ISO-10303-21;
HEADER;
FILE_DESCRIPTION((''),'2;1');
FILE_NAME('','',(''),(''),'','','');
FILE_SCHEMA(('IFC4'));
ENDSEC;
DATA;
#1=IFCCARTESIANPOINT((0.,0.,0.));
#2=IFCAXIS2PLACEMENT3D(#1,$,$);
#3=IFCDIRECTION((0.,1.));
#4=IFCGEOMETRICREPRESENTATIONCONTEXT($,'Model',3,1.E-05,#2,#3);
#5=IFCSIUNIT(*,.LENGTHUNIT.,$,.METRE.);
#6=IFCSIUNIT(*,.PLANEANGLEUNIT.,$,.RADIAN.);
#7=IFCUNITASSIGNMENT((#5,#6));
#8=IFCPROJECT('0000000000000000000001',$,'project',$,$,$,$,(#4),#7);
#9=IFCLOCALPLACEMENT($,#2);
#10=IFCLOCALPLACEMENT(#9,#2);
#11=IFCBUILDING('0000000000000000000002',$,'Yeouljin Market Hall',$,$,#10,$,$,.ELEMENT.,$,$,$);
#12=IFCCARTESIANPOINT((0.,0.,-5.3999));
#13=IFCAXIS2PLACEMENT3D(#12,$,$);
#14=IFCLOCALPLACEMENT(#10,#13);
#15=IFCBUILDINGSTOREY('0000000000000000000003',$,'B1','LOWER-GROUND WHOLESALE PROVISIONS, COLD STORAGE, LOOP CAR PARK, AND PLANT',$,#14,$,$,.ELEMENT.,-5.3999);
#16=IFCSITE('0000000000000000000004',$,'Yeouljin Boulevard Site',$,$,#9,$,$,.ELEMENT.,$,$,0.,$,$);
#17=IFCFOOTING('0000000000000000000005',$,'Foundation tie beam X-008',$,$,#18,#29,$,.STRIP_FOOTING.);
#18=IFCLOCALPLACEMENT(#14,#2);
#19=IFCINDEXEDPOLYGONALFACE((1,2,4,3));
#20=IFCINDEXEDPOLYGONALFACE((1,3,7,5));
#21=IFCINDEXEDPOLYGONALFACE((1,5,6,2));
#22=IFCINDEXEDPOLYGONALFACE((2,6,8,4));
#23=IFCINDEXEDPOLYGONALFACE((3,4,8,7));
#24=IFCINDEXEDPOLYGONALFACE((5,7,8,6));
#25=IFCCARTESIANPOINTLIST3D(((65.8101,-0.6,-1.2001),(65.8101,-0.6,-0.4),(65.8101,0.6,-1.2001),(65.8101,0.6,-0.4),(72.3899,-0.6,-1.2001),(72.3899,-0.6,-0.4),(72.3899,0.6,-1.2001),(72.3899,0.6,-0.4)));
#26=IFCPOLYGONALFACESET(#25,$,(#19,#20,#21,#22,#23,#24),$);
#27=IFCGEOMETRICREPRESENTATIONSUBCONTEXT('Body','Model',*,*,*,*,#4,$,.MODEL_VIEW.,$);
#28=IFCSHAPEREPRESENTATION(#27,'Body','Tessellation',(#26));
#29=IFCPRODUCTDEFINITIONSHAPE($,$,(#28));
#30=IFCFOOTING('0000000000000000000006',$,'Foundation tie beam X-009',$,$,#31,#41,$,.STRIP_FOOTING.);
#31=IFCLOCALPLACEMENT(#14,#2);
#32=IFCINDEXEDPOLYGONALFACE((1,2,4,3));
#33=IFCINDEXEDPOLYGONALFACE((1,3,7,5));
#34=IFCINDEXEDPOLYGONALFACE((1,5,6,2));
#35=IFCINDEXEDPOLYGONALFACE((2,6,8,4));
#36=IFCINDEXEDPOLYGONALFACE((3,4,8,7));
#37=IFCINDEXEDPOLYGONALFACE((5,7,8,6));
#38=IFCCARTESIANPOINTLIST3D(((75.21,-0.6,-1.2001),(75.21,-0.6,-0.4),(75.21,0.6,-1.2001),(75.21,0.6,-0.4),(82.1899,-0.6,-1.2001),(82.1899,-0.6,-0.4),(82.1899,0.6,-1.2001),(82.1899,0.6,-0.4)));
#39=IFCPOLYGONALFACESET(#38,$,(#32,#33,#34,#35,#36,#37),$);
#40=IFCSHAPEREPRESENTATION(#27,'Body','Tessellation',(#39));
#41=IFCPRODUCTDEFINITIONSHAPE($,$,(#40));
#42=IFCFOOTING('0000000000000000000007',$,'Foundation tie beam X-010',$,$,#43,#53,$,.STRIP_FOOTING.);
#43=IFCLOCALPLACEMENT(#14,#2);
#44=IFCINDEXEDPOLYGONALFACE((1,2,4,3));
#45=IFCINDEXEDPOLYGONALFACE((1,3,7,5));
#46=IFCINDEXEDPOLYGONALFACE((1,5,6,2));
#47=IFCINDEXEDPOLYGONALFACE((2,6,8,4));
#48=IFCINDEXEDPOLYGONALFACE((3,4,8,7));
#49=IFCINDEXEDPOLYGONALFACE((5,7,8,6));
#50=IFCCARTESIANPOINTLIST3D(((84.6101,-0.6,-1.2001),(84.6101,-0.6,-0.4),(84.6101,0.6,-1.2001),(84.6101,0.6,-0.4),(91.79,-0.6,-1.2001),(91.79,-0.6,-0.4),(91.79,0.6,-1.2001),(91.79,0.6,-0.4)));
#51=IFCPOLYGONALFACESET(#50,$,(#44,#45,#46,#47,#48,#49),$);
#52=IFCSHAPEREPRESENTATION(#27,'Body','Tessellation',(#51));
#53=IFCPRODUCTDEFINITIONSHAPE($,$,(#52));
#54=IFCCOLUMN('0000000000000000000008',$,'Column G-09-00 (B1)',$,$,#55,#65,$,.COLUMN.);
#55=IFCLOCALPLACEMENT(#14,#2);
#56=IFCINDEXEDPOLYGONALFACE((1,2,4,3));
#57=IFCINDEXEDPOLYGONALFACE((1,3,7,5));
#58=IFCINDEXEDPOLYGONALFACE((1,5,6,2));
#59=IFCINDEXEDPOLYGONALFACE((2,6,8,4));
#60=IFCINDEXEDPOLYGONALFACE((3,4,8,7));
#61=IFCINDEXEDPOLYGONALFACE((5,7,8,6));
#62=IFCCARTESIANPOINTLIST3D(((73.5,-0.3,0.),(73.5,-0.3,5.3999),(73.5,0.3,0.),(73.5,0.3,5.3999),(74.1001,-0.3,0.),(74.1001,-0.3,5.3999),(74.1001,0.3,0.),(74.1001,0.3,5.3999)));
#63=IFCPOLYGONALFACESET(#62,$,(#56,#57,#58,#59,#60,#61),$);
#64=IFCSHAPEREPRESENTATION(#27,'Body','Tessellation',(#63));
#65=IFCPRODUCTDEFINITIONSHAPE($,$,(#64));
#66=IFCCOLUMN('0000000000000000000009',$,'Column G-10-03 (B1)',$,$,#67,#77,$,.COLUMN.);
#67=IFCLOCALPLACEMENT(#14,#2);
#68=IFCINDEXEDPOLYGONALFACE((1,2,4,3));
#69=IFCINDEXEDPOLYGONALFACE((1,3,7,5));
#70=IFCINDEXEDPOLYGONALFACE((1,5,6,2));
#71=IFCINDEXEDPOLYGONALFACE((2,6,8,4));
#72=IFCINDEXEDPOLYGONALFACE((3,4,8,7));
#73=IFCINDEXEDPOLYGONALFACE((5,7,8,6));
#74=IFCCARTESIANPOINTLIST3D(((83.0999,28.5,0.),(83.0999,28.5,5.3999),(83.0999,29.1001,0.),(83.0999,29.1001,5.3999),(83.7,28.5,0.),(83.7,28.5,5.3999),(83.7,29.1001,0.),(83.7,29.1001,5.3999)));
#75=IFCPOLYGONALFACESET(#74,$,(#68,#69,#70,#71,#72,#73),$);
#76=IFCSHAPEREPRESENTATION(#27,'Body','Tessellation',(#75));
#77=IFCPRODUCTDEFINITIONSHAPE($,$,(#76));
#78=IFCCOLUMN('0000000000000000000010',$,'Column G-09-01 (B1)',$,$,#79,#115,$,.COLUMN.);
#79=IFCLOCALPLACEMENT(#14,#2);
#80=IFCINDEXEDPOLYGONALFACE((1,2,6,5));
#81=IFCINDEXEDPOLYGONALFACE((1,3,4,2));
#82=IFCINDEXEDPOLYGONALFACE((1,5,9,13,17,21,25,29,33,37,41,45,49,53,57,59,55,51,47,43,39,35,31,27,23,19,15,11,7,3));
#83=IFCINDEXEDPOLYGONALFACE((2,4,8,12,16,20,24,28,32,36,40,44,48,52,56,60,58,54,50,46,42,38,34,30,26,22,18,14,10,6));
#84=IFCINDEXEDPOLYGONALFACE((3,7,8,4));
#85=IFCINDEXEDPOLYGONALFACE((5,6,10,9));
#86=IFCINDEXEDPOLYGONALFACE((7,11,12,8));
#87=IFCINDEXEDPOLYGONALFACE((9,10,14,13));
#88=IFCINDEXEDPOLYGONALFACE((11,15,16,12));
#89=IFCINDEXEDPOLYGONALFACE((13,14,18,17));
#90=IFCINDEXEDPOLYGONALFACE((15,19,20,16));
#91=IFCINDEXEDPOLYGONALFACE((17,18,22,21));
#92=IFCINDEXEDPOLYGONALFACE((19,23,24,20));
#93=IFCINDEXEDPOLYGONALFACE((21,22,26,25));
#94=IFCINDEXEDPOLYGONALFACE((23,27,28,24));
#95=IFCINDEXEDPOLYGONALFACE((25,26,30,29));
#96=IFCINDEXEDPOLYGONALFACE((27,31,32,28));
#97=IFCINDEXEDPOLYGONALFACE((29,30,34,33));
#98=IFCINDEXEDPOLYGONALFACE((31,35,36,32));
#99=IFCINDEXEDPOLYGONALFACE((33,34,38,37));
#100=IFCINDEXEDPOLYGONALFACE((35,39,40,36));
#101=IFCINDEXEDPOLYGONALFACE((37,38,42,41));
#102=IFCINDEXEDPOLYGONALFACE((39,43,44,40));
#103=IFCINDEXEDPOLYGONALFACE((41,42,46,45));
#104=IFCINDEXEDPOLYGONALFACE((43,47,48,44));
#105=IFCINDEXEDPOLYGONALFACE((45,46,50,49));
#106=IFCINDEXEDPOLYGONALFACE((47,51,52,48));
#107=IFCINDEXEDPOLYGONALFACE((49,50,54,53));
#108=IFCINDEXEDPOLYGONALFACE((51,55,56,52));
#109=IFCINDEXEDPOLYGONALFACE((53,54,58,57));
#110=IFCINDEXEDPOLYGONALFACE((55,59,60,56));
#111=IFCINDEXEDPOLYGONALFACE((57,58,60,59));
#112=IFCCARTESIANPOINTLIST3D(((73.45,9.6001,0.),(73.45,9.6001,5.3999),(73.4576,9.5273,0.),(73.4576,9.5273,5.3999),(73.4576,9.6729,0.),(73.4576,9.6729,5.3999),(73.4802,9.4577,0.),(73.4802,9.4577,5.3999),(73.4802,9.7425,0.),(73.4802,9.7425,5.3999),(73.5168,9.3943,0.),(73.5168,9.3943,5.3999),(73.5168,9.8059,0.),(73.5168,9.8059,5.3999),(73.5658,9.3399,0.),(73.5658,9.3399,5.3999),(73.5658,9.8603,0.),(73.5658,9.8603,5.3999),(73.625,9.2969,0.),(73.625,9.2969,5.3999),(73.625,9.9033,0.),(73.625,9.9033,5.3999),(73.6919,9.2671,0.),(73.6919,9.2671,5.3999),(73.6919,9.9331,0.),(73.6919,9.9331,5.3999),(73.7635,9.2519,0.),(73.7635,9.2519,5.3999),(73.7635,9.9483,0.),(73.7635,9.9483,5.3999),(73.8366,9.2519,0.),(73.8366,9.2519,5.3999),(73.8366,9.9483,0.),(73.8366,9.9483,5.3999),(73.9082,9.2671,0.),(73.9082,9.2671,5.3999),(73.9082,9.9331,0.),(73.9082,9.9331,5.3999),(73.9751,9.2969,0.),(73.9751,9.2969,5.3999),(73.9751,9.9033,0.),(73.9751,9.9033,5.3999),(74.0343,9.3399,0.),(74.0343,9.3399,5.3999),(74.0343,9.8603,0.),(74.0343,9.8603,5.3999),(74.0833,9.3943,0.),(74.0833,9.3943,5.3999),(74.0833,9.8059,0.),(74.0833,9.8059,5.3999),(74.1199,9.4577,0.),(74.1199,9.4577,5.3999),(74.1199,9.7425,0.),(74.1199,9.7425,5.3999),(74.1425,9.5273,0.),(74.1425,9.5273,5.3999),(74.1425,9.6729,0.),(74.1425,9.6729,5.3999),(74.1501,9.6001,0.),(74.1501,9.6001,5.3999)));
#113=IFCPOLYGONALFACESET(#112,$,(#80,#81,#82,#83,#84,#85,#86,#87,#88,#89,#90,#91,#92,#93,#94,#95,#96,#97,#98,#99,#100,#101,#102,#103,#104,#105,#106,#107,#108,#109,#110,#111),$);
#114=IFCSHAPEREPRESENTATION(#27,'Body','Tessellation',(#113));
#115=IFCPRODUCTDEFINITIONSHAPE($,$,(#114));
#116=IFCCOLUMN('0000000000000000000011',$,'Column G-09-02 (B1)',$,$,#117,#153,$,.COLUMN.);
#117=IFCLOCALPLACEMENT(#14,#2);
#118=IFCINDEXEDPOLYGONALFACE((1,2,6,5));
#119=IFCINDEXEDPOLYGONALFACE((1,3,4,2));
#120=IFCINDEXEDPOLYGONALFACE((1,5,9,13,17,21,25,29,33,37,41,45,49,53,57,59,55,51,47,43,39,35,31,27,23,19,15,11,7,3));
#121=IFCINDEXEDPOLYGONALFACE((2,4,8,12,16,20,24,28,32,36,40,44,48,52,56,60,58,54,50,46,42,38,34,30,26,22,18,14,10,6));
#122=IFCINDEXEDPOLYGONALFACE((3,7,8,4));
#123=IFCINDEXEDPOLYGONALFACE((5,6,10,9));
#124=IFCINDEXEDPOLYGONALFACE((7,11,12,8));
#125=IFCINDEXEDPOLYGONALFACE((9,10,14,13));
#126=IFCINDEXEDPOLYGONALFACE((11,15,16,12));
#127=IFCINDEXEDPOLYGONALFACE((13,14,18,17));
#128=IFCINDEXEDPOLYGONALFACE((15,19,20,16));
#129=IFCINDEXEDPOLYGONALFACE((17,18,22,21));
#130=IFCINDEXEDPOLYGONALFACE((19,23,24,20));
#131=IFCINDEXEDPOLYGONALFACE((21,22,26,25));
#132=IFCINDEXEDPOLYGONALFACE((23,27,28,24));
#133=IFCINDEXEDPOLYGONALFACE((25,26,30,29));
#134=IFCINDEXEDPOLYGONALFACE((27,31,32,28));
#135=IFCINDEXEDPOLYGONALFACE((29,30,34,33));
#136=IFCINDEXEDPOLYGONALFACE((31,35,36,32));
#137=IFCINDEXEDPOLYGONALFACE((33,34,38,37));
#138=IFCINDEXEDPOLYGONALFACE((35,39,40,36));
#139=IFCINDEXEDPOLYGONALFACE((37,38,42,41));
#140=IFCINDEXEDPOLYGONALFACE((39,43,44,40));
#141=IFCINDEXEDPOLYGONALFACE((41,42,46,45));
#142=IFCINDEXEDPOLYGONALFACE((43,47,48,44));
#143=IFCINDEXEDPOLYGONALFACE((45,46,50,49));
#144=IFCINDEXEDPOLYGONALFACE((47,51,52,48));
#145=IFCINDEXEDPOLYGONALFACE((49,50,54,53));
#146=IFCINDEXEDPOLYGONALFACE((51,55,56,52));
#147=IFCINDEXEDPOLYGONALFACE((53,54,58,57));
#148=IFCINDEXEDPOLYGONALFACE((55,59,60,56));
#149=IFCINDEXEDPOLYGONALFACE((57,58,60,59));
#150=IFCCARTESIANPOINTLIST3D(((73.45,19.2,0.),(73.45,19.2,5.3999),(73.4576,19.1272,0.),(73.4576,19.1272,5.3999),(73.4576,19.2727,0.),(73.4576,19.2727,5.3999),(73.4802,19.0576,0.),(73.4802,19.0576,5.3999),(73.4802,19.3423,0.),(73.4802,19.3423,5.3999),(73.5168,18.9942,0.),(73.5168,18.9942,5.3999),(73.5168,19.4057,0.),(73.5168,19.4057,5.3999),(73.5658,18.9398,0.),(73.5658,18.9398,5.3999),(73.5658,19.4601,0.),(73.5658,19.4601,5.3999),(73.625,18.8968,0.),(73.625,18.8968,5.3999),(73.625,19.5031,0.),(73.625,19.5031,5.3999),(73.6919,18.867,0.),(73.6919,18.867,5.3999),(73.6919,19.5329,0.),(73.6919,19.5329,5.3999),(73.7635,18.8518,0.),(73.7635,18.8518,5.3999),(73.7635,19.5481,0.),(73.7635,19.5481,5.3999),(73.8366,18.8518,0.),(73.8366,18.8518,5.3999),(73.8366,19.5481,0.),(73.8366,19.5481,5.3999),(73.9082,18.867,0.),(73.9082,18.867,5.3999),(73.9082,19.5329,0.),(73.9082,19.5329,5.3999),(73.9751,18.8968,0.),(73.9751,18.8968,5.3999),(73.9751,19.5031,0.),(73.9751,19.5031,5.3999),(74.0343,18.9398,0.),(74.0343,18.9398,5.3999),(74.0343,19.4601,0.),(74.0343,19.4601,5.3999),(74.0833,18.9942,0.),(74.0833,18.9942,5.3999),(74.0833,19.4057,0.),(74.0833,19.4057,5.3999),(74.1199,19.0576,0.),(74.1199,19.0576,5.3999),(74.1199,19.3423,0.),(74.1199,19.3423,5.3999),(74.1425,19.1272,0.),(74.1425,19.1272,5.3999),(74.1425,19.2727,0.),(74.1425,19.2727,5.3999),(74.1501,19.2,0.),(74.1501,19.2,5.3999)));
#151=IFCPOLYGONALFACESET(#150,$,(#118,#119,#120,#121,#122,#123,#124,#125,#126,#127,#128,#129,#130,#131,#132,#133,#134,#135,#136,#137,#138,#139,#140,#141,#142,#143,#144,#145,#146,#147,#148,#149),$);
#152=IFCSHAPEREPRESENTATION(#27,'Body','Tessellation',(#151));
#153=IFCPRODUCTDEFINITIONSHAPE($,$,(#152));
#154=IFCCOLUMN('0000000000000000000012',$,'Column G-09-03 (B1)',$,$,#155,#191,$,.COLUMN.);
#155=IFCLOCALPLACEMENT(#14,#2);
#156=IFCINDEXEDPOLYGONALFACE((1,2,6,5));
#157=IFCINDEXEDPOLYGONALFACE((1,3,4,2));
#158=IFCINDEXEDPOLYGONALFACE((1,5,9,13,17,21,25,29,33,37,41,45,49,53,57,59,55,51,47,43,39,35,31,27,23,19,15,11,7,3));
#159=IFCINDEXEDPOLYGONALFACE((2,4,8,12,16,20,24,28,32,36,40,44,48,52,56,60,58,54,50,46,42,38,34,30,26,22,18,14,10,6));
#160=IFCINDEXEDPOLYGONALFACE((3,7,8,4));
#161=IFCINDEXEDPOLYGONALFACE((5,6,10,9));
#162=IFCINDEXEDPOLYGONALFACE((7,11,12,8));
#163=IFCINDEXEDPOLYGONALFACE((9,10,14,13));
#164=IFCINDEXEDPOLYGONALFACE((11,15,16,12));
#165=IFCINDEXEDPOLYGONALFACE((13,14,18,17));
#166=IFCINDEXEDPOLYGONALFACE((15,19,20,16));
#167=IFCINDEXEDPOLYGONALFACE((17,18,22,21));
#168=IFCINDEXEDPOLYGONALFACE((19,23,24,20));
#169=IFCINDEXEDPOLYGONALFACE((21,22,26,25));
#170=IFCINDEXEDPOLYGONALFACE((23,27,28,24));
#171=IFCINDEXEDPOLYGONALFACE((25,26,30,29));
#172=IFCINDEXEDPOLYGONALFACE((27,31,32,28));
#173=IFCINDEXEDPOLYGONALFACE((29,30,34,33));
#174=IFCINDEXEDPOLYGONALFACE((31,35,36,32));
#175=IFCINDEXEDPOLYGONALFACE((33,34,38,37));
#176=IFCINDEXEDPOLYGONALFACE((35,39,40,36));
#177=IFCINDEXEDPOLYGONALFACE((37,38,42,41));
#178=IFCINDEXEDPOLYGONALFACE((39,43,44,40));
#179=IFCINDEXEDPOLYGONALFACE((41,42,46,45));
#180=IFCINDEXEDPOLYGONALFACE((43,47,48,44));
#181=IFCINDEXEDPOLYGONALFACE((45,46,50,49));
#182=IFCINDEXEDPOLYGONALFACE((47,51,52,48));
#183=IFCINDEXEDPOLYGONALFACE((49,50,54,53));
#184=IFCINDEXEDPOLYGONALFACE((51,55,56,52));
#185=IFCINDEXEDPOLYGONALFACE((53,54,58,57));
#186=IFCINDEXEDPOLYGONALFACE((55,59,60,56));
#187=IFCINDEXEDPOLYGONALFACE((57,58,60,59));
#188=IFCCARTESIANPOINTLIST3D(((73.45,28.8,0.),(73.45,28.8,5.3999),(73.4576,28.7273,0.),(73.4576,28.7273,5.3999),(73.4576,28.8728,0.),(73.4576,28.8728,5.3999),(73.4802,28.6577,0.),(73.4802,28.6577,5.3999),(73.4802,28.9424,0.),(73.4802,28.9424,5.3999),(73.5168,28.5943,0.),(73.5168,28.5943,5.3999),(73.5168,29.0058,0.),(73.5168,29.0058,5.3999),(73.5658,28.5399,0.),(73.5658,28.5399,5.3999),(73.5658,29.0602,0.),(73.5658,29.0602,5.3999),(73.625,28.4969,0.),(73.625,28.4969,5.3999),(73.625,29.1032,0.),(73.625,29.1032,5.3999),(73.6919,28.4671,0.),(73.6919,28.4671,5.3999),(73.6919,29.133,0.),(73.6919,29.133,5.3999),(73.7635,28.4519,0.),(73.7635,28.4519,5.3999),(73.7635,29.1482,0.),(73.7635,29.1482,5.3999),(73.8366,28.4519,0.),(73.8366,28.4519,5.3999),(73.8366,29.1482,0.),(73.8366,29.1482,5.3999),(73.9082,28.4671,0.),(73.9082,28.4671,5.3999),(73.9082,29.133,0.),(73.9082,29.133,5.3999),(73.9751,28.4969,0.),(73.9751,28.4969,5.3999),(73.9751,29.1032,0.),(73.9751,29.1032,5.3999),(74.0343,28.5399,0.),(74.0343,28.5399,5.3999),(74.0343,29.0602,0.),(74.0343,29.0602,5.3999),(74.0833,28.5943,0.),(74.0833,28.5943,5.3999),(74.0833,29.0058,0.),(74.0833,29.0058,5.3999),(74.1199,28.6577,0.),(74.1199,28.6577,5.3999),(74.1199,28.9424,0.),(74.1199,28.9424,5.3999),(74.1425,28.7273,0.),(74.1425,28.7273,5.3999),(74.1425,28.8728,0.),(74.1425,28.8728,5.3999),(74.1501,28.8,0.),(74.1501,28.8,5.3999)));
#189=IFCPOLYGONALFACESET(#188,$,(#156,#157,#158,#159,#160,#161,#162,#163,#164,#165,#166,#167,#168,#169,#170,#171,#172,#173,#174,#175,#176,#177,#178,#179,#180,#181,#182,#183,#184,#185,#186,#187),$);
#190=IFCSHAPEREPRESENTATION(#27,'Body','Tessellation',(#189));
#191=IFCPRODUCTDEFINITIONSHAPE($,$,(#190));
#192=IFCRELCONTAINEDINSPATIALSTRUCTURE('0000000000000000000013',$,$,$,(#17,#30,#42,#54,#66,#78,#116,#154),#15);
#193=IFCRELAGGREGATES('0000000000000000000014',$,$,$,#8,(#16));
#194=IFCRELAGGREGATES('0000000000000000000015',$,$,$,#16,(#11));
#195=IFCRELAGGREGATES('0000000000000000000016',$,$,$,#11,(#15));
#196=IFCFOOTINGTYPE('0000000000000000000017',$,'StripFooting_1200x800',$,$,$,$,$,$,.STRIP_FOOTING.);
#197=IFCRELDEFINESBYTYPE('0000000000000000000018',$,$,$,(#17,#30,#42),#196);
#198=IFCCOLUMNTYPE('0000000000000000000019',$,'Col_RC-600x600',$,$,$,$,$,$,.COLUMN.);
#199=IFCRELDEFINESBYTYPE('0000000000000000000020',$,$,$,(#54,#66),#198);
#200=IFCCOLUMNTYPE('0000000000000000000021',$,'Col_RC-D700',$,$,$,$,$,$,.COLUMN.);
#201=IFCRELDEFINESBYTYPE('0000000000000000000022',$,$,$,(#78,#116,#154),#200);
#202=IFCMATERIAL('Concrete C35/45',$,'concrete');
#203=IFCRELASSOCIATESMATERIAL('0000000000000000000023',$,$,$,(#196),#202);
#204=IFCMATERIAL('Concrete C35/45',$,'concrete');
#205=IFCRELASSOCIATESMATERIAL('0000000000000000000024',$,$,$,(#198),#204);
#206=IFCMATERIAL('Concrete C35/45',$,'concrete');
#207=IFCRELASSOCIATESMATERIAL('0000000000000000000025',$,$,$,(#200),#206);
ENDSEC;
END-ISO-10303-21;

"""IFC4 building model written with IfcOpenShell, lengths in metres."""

from ifc_helpers import new_model, si_unit, direction, frame, origin, origin_2d, place, context, subcontext, project, spatial, rectangle, circle, extrude, material, material_profile, profile_set, type_object, element, save


model = new_model("IFC4")

# Units and contexts
model_context = context("Model", 3, precision=1e-05, world=origin(), true_north=direction((0.0, 1.0)))
body_context = subcontext(model_context, "Body", "Model", "MODEL_VIEW")
ifc_project = project(units=[si_unit("LENGTHUNIT", "METRE"), si_unit("PLANEANGLEUNIT", "RADIAN")], contexts=[model_context])

# Site, building, storey
site_placement = place(None, origin())
site = spatial("IfcSite", under=ifc_project, at=site_placement, Name="Yeouljin Boulevard Site", CompositionType="ELEMENT", RefElevation=0.0)
building_placement = place(site_placement, origin())
building = spatial("IfcBuilding", under=site, at=building_placement, Name="Yeouljin Market Hall", CompositionType="ELEMENT")
storey_placement = place(building_placement, frame((0.0, 0.0, -5.3999)))
storey = spatial("IfcBuildingStorey", under=building, at=storey_placement, Name="B1", Description="LOWER-GROUND WHOLESALE PROVISIONS, COLD STORAGE, LOOP CAR PARK, AND PLANT", CompositionType="ELEMENT", Elevation=-5.3999)

# Footings
ifc_material_1 = material(Name="Concrete C35/45", Category="concrete")
ifc_material_profile_1 = material_profile(ifc_material_1, rectangle(XDim=1.2, YDim=0.8, at=origin_2d()), Name="SF-1200x800")
ifc_profile_set_1 = profile_set([ifc_material_profile_1], Name="Concrete C35/45")
footing_type_1 = type_object("IfcFootingType", Name="StripFooting_1200x800", PredefinedType="STRIP_FOOTING", material=ifc_profile_set_1)
footing_1_placement = place(storey_placement, frame((65.8101, 0.0, -0.8), z_axis=(1.0, 0.0, 0.0), x_axis=(0.0, 1.0, 0.0)))
element("IfcFooting", 1, at=footing_1_placement, inside=storey, type_object=footing_type_1, Name="Foundation tie beam X-008", PredefinedType="STRIP_FOOTING", context=body_context, shape_type="SweptSolid", body=[
    extrude(rectangle(XDim=1.2, YDim=0.8, at=origin_2d()), origin(), (0.0, 0.0, 1.0), 6.5798),
])
footing_2_placement = place(storey_placement, frame((75.21, 0.0, -0.8), z_axis=(1.0, 0.0, 0.0), x_axis=(0.0, 1.0, 0.0)))
element("IfcFooting", 2, at=footing_2_placement, inside=storey, type_object=footing_type_1, Name="Foundation tie beam X-009", PredefinedType="STRIP_FOOTING", context=body_context, shape_type="SweptSolid", body=[
    extrude(rectangle(XDim=1.2, YDim=0.8, at=origin_2d()), origin(), (0.0, 0.0, 1.0), 6.98),
])
footing_3_placement = place(storey_placement, frame((84.6101, 0.0, -0.8), z_axis=(1.0, 0.0, 0.0), x_axis=(0.0, 1.0, 0.0)))
element("IfcFooting", 3, at=footing_3_placement, inside=storey, type_object=footing_type_1, Name="Foundation tie beam X-010", PredefinedType="STRIP_FOOTING", context=body_context, shape_type="SweptSolid", body=[
    extrude(rectangle(XDim=1.2, YDim=0.8, at=origin_2d()), origin(), (0.0, 0.0, 1.0), 7.1799),
])

# Columns
ifc_material_2 = material(Name="Concrete C35/45", Category="concrete")
ifc_material_profile_2 = material_profile(ifc_material_2, rectangle(XDim=0.6001, YDim=0.6001, at=origin_2d()), Name="RC-600x600")
ifc_profile_set_2 = profile_set([ifc_material_profile_2], Name="Concrete C35/45")
column_type_1 = type_object("IfcColumnType", Name="Col_RC-600x600", PredefinedType="COLUMN", material=ifc_profile_set_2)
for number, where, z_axis, x_axis, name in (
    (4, (73.8, 0.0, 0.0), (0.0, 0.0, 1.0), (1.0, 0.0, 0.0), "Column G-09-00 (B1)"),
    (5, (83.3999, 28.8, 0.0), (0.0, 0.0, 1.0), (1.0, 0.0, 0.0), "Column G-10-03 (B1)"),
):
    element("IfcColumn", number, at=place(storey_placement, frame(where, z_axis=z_axis, x_axis=x_axis)), inside=storey, type_object=column_type_1, Name=name, PredefinedType="COLUMN", context=body_context, shape_type="SweptSolid", body=[
        extrude(rectangle(XDim=0.6001, YDim=0.6001, at=origin_2d()), origin(), (0.0, 0.0, 1.0), 5.3999),
    ])
ifc_material_3 = material(Name="Concrete C35/45", Category="concrete")
ifc_material_profile_3 = material_profile(ifc_material_3, circle(Radius=0.3501, at=origin_2d()), Name="RC-D700")
ifc_profile_set_3 = profile_set([ifc_material_profile_3], Name="Concrete C35/45")
column_type_2 = type_object("IfcColumnType", Name="Col_RC-D700", PredefinedType="COLUMN", material=ifc_profile_set_3)
for number, where, z_axis, x_axis, name in (
    (6, (73.8, 9.6001, 0.0), (0.0, 0.0, 1.0), (1.0, 0.0, 0.0), "Column G-09-01 (B1)"),
    (7, (73.8, 19.2, 0.0), (0.0, 0.0, 1.0), (1.0, 0.0, 0.0), "Column G-09-02 (B1)"),
    (8, (73.8, 28.8, 0.0), (0.0, 0.0, 1.0), (1.0, 0.0, 0.0), "Column G-09-03 (B1)"),
):
    element("IfcColumn", number, at=place(storey_placement, frame(where, z_axis=z_axis, x_axis=x_axis)), inside=storey, type_object=column_type_2, Name=name, PredefinedType="COLUMN", context=body_context, shape_type="SweptSolid", body=[
        extrude(circle(Radius=0.3501, at=origin_2d()), origin(), (0.0, 0.0, 1.0), 5.3999),
    ])

save(model, "model.ifc")
